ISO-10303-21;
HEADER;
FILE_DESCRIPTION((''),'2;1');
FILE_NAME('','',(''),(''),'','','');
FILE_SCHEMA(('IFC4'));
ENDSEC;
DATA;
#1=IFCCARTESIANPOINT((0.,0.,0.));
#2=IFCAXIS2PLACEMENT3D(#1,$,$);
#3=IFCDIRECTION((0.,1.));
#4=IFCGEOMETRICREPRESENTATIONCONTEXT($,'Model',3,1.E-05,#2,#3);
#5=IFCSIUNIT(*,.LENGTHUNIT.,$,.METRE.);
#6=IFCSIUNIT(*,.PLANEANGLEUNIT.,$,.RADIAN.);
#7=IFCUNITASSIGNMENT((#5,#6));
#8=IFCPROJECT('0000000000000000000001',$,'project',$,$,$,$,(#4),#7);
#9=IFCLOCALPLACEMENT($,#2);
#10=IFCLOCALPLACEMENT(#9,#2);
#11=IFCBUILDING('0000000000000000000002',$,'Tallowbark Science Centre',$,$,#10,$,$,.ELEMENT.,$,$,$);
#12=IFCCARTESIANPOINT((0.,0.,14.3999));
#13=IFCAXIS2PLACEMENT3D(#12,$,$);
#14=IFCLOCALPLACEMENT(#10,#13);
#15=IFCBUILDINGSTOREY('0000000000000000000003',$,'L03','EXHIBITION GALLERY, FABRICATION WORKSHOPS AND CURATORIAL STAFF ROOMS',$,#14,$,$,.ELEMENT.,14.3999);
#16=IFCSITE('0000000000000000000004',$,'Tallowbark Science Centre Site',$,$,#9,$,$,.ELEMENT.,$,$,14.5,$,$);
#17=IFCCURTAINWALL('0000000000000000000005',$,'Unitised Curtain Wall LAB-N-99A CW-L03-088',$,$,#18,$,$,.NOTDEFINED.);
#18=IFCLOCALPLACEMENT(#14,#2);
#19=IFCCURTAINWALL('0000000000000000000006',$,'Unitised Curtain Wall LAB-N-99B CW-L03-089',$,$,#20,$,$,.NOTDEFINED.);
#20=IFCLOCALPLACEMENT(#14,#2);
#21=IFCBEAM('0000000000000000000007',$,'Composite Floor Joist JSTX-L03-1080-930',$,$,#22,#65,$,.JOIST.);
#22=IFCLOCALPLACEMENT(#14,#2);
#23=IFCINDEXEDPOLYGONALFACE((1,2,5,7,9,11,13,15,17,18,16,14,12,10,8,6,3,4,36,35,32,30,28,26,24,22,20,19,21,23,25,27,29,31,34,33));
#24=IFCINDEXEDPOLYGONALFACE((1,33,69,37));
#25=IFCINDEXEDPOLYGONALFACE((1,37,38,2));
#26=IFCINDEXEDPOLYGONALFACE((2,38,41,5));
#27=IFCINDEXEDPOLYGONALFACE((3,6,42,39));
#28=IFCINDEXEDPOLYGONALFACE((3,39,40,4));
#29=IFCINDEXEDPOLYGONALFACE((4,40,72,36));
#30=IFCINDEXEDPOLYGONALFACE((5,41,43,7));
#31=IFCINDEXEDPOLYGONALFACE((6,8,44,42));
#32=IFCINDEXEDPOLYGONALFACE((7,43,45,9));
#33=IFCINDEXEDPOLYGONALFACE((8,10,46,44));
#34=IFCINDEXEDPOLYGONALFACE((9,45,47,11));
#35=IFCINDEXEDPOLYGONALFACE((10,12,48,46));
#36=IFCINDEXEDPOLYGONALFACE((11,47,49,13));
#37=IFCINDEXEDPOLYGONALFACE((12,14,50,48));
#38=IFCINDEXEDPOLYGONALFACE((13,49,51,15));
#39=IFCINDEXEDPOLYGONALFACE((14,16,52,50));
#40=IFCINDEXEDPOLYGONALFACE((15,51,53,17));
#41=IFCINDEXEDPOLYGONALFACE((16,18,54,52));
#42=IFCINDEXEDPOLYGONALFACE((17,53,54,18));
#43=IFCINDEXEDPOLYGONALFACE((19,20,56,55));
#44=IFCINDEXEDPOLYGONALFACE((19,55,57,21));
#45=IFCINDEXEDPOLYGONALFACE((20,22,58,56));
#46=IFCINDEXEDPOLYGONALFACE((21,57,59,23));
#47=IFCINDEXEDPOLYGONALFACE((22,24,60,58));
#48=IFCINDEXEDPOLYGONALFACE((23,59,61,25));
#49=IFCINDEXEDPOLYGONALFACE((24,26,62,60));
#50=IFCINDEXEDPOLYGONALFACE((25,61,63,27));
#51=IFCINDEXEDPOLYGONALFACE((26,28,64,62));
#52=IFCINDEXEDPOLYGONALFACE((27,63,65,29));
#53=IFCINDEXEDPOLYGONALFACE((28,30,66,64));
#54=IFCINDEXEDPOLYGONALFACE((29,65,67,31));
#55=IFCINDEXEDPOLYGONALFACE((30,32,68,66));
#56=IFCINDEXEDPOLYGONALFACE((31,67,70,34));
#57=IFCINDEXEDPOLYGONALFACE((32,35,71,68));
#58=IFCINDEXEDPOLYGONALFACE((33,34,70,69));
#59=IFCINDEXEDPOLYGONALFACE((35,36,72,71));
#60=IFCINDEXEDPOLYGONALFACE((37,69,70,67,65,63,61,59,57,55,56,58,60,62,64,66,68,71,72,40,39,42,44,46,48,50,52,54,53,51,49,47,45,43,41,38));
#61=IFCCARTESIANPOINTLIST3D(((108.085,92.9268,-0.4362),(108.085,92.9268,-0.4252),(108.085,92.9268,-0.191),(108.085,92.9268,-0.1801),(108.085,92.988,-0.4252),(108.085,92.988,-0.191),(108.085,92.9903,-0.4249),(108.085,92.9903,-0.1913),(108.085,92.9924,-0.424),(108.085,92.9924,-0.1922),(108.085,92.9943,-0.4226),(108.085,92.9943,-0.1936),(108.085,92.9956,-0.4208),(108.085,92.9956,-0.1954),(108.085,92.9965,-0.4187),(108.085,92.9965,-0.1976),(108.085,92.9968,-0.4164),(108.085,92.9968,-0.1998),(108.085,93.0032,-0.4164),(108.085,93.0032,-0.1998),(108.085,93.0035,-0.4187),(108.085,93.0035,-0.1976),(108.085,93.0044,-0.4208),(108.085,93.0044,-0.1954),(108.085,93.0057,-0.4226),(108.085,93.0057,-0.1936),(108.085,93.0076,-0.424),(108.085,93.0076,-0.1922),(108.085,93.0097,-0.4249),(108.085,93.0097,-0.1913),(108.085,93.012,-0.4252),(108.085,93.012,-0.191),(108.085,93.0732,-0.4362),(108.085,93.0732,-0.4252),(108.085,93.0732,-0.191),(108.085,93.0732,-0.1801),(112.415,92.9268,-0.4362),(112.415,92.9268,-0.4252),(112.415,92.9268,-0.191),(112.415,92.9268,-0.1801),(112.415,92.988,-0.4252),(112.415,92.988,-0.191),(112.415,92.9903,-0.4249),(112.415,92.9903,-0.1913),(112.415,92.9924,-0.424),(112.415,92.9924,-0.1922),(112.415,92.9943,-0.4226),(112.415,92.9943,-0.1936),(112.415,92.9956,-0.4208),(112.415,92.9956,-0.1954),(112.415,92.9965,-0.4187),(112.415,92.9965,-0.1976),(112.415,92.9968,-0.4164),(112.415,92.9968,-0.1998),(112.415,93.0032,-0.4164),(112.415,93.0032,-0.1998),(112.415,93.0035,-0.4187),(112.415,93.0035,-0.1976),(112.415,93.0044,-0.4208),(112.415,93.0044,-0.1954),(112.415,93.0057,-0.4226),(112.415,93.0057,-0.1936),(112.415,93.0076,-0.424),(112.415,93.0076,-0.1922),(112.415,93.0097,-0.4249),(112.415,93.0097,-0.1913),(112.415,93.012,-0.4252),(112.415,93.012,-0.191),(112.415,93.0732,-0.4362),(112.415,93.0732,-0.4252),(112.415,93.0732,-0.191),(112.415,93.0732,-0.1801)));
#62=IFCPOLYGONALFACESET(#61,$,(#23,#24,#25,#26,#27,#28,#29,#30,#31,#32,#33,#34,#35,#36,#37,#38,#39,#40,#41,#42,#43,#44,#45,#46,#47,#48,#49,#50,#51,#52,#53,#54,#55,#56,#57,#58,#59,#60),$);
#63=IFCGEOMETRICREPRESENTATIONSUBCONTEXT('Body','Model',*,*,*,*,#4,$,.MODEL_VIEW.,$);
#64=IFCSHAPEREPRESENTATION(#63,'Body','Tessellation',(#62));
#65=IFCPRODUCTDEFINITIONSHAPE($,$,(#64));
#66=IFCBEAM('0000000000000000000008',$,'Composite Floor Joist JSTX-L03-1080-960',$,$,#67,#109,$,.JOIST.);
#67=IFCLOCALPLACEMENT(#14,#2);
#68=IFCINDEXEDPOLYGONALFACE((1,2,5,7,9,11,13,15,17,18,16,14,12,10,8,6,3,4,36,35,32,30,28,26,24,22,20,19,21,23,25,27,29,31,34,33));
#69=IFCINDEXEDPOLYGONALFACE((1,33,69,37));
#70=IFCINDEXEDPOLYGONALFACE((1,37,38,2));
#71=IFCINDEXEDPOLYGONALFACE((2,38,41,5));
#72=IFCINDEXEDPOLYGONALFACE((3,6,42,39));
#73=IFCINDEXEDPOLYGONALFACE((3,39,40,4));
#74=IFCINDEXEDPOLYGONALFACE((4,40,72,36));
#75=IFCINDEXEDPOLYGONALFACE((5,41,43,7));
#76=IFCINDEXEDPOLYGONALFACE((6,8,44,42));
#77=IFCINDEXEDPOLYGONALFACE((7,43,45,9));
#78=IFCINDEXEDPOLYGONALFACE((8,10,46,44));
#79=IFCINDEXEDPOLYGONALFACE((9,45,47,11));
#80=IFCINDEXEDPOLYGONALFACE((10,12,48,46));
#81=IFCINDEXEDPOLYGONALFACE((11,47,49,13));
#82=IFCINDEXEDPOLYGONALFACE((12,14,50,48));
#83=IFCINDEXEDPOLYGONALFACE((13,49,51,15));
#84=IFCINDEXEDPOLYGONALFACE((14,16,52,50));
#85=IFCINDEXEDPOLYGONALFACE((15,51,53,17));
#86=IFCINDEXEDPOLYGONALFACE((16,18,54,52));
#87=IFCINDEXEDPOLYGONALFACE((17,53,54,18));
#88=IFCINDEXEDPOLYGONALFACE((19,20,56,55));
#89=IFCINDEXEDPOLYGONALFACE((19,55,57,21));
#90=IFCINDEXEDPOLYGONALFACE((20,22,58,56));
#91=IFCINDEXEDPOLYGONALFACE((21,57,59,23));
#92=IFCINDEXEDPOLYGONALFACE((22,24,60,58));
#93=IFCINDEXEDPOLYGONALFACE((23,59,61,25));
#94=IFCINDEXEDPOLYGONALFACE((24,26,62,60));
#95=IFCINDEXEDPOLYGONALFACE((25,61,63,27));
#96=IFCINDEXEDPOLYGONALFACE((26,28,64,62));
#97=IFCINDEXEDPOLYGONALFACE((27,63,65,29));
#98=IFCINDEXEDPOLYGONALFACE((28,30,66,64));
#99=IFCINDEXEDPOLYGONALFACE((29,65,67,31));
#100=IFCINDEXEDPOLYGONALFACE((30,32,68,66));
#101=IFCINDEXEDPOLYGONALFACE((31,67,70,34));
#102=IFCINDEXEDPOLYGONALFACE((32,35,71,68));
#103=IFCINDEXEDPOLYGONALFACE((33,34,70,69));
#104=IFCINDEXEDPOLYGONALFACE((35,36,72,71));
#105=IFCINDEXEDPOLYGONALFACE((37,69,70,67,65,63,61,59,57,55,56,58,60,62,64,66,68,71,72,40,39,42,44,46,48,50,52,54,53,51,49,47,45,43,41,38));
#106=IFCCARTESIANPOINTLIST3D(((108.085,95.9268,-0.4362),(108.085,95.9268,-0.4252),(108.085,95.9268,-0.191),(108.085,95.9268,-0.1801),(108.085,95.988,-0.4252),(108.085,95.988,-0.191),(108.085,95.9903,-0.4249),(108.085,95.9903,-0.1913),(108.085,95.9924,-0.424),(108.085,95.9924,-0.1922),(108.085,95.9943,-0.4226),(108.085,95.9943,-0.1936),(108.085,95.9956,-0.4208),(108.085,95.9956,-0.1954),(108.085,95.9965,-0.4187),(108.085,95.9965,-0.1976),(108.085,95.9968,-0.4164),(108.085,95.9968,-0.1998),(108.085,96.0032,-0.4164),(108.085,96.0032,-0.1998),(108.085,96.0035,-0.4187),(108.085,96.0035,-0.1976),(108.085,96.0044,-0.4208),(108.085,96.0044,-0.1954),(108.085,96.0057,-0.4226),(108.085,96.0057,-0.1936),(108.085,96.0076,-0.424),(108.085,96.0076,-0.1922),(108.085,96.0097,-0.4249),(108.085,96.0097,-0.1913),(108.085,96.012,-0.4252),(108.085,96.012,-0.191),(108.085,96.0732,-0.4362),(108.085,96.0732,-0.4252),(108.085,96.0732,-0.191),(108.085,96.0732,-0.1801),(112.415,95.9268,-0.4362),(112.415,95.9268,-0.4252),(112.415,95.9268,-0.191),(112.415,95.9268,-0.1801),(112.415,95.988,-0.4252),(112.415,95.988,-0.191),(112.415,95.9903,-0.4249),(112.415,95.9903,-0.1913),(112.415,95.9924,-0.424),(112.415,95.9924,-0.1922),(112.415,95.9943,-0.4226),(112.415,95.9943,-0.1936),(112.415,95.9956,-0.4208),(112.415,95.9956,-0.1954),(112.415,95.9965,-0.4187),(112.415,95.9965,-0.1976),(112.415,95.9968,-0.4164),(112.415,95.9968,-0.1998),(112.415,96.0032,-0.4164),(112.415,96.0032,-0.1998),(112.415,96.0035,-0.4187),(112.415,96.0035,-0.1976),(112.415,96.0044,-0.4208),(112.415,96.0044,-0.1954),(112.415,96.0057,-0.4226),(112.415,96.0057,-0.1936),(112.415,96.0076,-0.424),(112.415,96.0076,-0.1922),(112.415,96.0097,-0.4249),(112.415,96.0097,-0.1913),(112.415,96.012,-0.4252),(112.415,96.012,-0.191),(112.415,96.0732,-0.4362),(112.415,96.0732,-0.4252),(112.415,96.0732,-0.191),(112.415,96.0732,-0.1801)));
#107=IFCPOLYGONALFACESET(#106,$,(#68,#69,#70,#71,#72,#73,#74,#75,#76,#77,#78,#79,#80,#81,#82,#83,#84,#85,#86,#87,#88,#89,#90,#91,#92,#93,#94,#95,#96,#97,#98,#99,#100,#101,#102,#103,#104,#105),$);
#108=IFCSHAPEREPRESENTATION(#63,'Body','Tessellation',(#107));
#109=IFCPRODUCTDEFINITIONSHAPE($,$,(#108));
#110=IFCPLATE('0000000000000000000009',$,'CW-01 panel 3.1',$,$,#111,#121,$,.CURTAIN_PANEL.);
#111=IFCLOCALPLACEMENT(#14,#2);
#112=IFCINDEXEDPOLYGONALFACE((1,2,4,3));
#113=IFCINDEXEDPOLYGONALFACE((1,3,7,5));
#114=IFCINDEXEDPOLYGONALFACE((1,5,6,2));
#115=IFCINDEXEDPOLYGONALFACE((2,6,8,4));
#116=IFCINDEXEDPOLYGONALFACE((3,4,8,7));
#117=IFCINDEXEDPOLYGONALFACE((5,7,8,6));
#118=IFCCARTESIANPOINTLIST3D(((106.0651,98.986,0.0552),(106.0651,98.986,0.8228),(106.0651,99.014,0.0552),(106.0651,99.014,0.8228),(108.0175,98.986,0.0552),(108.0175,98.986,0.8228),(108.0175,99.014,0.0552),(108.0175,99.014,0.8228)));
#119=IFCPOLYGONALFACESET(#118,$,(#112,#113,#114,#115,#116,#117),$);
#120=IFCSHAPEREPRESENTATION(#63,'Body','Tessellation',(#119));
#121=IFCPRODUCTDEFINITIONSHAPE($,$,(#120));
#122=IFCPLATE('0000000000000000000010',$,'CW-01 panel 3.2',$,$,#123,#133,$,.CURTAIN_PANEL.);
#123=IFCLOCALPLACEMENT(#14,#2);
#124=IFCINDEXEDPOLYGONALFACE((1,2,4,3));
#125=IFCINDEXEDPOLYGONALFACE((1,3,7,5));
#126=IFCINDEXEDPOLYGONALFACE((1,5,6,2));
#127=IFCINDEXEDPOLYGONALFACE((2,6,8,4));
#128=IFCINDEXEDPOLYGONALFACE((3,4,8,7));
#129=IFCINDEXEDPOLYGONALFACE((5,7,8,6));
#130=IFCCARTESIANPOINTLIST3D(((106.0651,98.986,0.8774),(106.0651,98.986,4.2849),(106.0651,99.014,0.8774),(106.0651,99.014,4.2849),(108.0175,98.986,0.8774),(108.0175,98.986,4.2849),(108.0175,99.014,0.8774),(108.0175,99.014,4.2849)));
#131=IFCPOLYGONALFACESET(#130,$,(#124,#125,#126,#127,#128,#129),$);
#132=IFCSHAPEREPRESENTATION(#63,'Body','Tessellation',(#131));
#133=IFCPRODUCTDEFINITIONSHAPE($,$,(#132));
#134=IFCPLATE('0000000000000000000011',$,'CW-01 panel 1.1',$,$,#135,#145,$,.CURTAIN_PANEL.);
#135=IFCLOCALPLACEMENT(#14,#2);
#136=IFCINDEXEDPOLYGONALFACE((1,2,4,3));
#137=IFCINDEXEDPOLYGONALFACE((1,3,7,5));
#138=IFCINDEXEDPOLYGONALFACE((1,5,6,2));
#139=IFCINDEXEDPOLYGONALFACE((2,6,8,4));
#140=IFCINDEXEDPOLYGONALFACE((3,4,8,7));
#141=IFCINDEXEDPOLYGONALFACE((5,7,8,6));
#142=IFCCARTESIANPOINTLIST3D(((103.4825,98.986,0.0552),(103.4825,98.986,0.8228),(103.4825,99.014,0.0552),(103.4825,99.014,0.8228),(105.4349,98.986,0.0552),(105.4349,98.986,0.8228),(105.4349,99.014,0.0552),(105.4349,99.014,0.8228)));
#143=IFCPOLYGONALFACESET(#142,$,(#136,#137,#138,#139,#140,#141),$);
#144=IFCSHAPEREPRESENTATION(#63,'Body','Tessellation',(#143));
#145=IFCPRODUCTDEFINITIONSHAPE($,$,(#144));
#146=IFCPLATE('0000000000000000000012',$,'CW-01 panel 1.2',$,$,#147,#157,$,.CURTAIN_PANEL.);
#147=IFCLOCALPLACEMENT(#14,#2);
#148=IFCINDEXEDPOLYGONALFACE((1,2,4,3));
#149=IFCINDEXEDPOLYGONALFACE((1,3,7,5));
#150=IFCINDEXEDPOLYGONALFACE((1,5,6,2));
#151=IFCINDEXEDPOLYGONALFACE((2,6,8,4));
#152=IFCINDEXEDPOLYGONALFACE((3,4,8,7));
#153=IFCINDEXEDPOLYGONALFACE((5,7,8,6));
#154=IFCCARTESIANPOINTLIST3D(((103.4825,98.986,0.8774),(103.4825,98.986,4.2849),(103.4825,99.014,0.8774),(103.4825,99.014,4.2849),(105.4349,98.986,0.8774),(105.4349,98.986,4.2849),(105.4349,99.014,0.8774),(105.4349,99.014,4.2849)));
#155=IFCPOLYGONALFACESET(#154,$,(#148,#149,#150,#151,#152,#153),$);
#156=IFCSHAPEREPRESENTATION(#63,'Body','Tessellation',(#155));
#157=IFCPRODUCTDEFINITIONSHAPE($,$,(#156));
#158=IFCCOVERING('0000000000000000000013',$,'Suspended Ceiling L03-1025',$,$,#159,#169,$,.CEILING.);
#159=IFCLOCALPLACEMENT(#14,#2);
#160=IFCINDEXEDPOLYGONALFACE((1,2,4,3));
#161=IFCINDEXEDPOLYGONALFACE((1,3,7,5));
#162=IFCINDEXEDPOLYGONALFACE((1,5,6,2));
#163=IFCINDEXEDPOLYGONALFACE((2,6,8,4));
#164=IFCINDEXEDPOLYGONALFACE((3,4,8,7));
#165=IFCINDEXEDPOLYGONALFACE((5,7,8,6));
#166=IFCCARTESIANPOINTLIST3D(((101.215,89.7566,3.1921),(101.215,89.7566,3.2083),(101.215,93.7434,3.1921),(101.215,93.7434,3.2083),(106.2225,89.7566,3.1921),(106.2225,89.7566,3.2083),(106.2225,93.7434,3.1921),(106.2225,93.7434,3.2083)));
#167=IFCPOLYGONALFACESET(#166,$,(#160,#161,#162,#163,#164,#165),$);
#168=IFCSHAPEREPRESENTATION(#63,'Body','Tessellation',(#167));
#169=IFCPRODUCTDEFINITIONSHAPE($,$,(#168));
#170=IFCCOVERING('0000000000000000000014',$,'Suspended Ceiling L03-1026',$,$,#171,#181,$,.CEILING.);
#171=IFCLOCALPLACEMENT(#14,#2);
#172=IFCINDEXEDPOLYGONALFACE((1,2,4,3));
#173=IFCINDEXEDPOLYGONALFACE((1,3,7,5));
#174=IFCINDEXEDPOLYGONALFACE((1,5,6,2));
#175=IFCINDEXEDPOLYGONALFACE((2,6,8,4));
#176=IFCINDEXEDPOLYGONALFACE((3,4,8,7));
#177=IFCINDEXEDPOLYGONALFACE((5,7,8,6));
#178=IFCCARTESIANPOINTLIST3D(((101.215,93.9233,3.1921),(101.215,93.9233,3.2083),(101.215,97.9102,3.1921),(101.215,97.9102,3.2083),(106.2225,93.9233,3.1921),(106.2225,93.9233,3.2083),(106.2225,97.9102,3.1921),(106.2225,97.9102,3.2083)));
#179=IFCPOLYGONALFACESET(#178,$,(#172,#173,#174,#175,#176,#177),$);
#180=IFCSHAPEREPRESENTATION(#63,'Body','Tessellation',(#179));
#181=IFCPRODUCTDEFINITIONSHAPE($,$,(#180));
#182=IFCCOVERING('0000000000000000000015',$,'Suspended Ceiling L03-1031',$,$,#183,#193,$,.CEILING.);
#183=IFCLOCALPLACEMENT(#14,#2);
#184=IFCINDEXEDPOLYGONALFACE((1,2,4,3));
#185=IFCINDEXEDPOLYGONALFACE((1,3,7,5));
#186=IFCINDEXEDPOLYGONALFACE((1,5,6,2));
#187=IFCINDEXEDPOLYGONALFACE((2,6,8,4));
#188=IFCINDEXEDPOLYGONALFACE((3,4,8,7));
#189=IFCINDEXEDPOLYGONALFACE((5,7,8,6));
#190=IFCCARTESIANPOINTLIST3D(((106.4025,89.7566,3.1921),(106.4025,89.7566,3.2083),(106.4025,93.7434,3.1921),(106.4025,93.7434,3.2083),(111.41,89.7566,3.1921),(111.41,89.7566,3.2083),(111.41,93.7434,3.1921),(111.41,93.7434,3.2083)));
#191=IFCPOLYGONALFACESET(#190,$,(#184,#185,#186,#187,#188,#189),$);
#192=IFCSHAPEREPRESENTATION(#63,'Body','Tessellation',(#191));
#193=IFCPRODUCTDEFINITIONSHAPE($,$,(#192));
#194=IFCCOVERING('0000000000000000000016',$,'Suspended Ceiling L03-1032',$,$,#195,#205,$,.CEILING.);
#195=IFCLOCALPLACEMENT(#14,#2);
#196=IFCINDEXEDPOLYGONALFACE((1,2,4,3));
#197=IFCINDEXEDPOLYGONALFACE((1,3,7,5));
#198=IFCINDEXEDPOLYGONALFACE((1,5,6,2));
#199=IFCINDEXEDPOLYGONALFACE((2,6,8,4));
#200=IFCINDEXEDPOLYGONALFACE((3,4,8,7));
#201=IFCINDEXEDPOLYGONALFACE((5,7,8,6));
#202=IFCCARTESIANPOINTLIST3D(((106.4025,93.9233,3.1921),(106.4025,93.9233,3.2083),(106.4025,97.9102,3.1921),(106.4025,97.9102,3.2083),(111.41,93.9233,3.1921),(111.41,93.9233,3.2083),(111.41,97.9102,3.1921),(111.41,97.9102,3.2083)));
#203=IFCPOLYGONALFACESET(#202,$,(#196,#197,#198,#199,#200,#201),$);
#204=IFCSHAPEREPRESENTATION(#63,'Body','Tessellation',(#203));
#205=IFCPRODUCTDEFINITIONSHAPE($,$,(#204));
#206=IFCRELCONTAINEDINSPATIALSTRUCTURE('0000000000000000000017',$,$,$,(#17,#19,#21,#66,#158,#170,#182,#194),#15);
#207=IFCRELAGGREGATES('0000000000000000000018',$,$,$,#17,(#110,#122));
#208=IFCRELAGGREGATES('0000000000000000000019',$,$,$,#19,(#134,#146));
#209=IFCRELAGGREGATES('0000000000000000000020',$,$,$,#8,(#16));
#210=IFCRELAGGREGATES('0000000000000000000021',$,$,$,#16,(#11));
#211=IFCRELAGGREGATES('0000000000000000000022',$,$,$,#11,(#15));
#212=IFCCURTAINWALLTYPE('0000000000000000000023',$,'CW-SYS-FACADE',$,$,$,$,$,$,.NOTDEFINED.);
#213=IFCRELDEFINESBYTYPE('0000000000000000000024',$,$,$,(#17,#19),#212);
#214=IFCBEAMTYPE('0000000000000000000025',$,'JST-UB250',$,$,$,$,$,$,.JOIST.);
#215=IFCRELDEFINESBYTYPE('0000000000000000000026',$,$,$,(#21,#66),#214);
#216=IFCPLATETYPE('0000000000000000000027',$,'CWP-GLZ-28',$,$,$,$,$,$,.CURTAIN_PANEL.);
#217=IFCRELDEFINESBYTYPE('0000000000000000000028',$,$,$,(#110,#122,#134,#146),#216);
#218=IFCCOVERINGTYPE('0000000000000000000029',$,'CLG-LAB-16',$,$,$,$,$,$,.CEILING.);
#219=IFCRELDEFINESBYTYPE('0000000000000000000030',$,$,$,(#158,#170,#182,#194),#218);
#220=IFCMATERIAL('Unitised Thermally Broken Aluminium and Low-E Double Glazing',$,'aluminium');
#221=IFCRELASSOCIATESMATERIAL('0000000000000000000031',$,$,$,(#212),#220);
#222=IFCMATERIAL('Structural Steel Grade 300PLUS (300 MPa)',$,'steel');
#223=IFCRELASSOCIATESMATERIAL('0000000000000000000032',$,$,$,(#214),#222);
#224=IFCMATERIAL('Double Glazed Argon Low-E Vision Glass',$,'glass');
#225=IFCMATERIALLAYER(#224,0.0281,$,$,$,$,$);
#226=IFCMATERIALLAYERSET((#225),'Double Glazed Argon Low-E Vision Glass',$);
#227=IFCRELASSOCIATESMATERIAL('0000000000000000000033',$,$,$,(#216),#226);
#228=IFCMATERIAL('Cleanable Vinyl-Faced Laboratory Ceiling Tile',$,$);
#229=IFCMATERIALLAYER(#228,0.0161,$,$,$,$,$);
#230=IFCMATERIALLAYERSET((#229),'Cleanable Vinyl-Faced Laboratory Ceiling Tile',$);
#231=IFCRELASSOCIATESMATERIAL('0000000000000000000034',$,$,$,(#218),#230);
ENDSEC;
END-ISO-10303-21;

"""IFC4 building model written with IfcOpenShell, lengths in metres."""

from ifc_helpers import new_model, si_unit, direction, frame, origin, origin_2d, place, context, subcontext, project, spatial, rectangle, i_section, extrude, material, layer, layer_set, material_profile, profile_set, type_object, element, aggregate, save


model = new_model("IFC4")

# Units and contexts
model_context = context("Model", 3, precision=1e-05, world=origin(), true_north=direction((0.0, 1.0)))
body_context = subcontext(model_context, "Body", "Model", "MODEL_VIEW")
ifc_project = project(units=[si_unit("LENGTHUNIT", "METRE"), si_unit("PLANEANGLEUNIT", "RADIAN")], contexts=[model_context])

# Site, building, storey
site_placement = place(None, origin())
site = spatial("IfcSite", under=ifc_project, at=site_placement, Name="Tallowbark Science Centre Site", CompositionType="ELEMENT", RefElevation=14.5)
building_placement = place(site_placement, origin())
building = spatial("IfcBuilding", under=site, at=building_placement, Name="Tallowbark Science Centre", CompositionType="ELEMENT")
storey_placement = place(building_placement, frame((0.0, 0.0, 14.3999)))
storey = spatial("IfcBuildingStorey", under=building, at=storey_placement, Name="L03", Description="EXHIBITION GALLERY, FABRICATION WORKSHOPS AND CURATORIAL STAFF ROOMS", CompositionType="ELEMENT", Elevation=14.3999)

# Shared definitions
ifc_material_1 = material(Name="Structural Steel Grade 300PLUS (300 MPa)", Category="steel")

# Curtain wall
ifc_material_2 = material(Name="Unitised Thermally Broken Aluminium and Low-E Double Glazing", Category="aluminium")
curtain_wall_type = type_object("IfcCurtainWallType", Name="CW-SYS-FACADE", PredefinedType="NOTDEFINED", material=ifc_material_2)
curtain_wall_1_placement = place(storey_placement, origin())
curtain_wall_1 = element("IfcCurtainWall", 1, at=curtain_wall_1_placement, inside=storey, type_object=curtain_wall_type, Name="Unitised Curtain Wall LAB-N-99A CW-L03-088", PredefinedType="NOTDEFINED")

# Curtain wall
curtain_wall_2_placement = place(storey_placement, origin())
curtain_wall_2 = element("IfcCurtainWall", 2, at=curtain_wall_2_placement, inside=storey, type_object=curtain_wall_type, Name="Unitised Curtain Wall LAB-N-99B CW-L03-089", PredefinedType="NOTDEFINED")

# Beams
ifc_material_profile_1 = material_profile(ifc_material_1, i_section(OverallWidth=0.1465, OverallDepth=0.2561, WebThickness=0.0063, FlangeThickness=0.011, FilletRadius=0.0088, at=origin_2d()), Name="250UB37.3")
ifc_profile_set_1 = profile_set([ifc_material_profile_1], Name="Structural Steel Grade 300PLUS (300 MPa)")
beam_type_1 = type_object("IfcBeamType", Name="JST-UB250", PredefinedType="JOIST", material=ifc_profile_set_1)
for number, where, z_axis, x_axis, name in (
    (3, (108.085, 93.0, -0.3081), (1.0, 0.0, 0.0), (0.0, 1.0, 0.0), "Composite Floor Joist JSTX-L03-1080-930"),
    (4, (108.085, 96.0, -0.3081), (1.0, 0.0, 0.0), (0.0, 1.0, 0.0), "Composite Floor Joist JSTX-L03-1080-960"),
):
    element("IfcBeam", number, at=place(storey_placement, frame(where, z_axis=z_axis, x_axis=x_axis)), inside=storey, type_object=beam_type_1, Name=name, PredefinedType="JOIST", context=body_context, shape_type="SweptSolid", body=[
        extrude(i_section(OverallWidth=0.1465, OverallDepth=0.2561, WebThickness=0.0063, FlangeThickness=0.011, FilletRadius=0.0088, at=origin_2d()), origin(), (0.0, 0.0, 1.0), 4.3301),
    ])

# Plates
ifc_material_3 = material(Name="Double Glazed Argon Low-E Vision Glass", Category="glass")
ifc_layer_1 = layer(ifc_material_3, 0.0281)
ifc_layer_set_1 = layer_set([ifc_layer_1], Name="Double Glazed Argon Low-E Vision Glass")
plate_type = type_object("IfcPlateType", Name="CWP-GLZ-28", PredefinedType="CURTAIN_PANEL", material=ifc_layer_set_1)
plate_1_placement = place(storey_placement, frame((107.0413, 99.0, 0.0552), z_axis=(0.0, 0.0, 1.0), x_axis=(-1.0, 0.0, 0.0)))
plate_1 = element("IfcPlate", 5, at=plate_1_placement, type_object=plate_type, Name="CW-01 panel 3.1", PredefinedType="CURTAIN_PANEL", context=body_context, shape_type="SweptSolid", body=[
    extrude(rectangle(XDim=1.9524, YDim=0.0281, at=origin_2d()), origin(), (0.0, 0.0, 1.0), 0.7676),
])
plate_2_placement = place(storey_placement, frame((107.0413, 99.0, 0.8774), z_axis=(0.0, 0.0, 1.0), x_axis=(-1.0, 0.0, 0.0)))
plate_2 = element("IfcPlate", 6, at=plate_2_placement, type_object=plate_type, Name="CW-01 panel 3.2", PredefinedType="CURTAIN_PANEL", context=body_context, shape_type="SweptSolid", body=[
    extrude(rectangle(XDim=1.9524, YDim=0.0281, at=origin_2d()), origin(), (0.0, 0.0, 1.0), 3.4075),
])
aggregate(curtain_wall_1, [plate_1, plate_2])
plate_3_placement = place(storey_placement, frame((104.4587, 99.0, 0.0552), z_axis=(0.0, 0.0, 1.0), x_axis=(-1.0, 0.0, 0.0)))
plate_3 = element("IfcPlate", 7, at=plate_3_placement, type_object=plate_type, Name="CW-01 panel 1.1", PredefinedType="CURTAIN_PANEL", context=body_context, shape_type="SweptSolid", body=[
    extrude(rectangle(XDim=1.9524, YDim=0.0281, at=origin_2d()), origin(), (0.0, 0.0, 1.0), 0.7676),
])
plate_4_placement = place(storey_placement, frame((104.4587, 99.0, 0.8774), z_axis=(0.0, 0.0, 1.0), x_axis=(-1.0, 0.0, 0.0)))
plate_4 = element("IfcPlate", 8, at=plate_4_placement, type_object=plate_type, Name="CW-01 panel 1.2", PredefinedType="CURTAIN_PANEL", context=body_context, shape_type="SweptSolid", body=[
    extrude(rectangle(XDim=1.9524, YDim=0.0281, at=origin_2d()), origin(), (0.0, 0.0, 1.0), 3.4075),
])
aggregate(curtain_wall_2, [plate_3, plate_4])

# Coverings
ifc_material_4 = material(Name="Cleanable Vinyl-Faced Laboratory Ceiling Tile")
ifc_layer_2 = layer(ifc_material_4, 0.0161)
ifc_layer_set_2 = layer_set([ifc_layer_2], Name="Cleanable Vinyl-Faced Laboratory Ceiling Tile")
covering_type_1 = type_object("IfcCoveringType", Name="CLG-LAB-16", PredefinedType="CEILING", material=ifc_layer_set_2)
for number, where, z_axis, x_axis, name in (
    (9, (103.7188, 91.75, 3.1921), (0.0, 0.0, 1.0), (1.0, 0.0, 0.0), "Suspended Ceiling L03-1025"),
    (10, (103.7188, 95.9167, 3.1921), (0.0, 0.0, 1.0), (1.0, 0.0, 0.0), "Suspended Ceiling L03-1026"),
    (11, (108.9062, 91.75, 3.1921), (0.0, 0.0, 1.0), (1.0, 0.0, 0.0), "Suspended Ceiling L03-1031"),
    (12, (108.9062, 95.9167, 3.1921), (0.0, 0.0, 1.0), (1.0, 0.0, 0.0), "Suspended Ceiling L03-1032"),
):
    element("IfcCovering", number, at=place(storey_placement, frame(where, z_axis=z_axis, x_axis=x_axis)), inside=storey, type_object=covering_type_1, Name=name, PredefinedType="CEILING", context=body_context, shape_type="SweptSolid", body=[
        extrude(rectangle(XDim=5.0076, YDim=3.9868, at=origin_2d()), origin(), (0.0, 0.0, 1.0), 0.0161),
    ])

save(model, "model.ifc")
